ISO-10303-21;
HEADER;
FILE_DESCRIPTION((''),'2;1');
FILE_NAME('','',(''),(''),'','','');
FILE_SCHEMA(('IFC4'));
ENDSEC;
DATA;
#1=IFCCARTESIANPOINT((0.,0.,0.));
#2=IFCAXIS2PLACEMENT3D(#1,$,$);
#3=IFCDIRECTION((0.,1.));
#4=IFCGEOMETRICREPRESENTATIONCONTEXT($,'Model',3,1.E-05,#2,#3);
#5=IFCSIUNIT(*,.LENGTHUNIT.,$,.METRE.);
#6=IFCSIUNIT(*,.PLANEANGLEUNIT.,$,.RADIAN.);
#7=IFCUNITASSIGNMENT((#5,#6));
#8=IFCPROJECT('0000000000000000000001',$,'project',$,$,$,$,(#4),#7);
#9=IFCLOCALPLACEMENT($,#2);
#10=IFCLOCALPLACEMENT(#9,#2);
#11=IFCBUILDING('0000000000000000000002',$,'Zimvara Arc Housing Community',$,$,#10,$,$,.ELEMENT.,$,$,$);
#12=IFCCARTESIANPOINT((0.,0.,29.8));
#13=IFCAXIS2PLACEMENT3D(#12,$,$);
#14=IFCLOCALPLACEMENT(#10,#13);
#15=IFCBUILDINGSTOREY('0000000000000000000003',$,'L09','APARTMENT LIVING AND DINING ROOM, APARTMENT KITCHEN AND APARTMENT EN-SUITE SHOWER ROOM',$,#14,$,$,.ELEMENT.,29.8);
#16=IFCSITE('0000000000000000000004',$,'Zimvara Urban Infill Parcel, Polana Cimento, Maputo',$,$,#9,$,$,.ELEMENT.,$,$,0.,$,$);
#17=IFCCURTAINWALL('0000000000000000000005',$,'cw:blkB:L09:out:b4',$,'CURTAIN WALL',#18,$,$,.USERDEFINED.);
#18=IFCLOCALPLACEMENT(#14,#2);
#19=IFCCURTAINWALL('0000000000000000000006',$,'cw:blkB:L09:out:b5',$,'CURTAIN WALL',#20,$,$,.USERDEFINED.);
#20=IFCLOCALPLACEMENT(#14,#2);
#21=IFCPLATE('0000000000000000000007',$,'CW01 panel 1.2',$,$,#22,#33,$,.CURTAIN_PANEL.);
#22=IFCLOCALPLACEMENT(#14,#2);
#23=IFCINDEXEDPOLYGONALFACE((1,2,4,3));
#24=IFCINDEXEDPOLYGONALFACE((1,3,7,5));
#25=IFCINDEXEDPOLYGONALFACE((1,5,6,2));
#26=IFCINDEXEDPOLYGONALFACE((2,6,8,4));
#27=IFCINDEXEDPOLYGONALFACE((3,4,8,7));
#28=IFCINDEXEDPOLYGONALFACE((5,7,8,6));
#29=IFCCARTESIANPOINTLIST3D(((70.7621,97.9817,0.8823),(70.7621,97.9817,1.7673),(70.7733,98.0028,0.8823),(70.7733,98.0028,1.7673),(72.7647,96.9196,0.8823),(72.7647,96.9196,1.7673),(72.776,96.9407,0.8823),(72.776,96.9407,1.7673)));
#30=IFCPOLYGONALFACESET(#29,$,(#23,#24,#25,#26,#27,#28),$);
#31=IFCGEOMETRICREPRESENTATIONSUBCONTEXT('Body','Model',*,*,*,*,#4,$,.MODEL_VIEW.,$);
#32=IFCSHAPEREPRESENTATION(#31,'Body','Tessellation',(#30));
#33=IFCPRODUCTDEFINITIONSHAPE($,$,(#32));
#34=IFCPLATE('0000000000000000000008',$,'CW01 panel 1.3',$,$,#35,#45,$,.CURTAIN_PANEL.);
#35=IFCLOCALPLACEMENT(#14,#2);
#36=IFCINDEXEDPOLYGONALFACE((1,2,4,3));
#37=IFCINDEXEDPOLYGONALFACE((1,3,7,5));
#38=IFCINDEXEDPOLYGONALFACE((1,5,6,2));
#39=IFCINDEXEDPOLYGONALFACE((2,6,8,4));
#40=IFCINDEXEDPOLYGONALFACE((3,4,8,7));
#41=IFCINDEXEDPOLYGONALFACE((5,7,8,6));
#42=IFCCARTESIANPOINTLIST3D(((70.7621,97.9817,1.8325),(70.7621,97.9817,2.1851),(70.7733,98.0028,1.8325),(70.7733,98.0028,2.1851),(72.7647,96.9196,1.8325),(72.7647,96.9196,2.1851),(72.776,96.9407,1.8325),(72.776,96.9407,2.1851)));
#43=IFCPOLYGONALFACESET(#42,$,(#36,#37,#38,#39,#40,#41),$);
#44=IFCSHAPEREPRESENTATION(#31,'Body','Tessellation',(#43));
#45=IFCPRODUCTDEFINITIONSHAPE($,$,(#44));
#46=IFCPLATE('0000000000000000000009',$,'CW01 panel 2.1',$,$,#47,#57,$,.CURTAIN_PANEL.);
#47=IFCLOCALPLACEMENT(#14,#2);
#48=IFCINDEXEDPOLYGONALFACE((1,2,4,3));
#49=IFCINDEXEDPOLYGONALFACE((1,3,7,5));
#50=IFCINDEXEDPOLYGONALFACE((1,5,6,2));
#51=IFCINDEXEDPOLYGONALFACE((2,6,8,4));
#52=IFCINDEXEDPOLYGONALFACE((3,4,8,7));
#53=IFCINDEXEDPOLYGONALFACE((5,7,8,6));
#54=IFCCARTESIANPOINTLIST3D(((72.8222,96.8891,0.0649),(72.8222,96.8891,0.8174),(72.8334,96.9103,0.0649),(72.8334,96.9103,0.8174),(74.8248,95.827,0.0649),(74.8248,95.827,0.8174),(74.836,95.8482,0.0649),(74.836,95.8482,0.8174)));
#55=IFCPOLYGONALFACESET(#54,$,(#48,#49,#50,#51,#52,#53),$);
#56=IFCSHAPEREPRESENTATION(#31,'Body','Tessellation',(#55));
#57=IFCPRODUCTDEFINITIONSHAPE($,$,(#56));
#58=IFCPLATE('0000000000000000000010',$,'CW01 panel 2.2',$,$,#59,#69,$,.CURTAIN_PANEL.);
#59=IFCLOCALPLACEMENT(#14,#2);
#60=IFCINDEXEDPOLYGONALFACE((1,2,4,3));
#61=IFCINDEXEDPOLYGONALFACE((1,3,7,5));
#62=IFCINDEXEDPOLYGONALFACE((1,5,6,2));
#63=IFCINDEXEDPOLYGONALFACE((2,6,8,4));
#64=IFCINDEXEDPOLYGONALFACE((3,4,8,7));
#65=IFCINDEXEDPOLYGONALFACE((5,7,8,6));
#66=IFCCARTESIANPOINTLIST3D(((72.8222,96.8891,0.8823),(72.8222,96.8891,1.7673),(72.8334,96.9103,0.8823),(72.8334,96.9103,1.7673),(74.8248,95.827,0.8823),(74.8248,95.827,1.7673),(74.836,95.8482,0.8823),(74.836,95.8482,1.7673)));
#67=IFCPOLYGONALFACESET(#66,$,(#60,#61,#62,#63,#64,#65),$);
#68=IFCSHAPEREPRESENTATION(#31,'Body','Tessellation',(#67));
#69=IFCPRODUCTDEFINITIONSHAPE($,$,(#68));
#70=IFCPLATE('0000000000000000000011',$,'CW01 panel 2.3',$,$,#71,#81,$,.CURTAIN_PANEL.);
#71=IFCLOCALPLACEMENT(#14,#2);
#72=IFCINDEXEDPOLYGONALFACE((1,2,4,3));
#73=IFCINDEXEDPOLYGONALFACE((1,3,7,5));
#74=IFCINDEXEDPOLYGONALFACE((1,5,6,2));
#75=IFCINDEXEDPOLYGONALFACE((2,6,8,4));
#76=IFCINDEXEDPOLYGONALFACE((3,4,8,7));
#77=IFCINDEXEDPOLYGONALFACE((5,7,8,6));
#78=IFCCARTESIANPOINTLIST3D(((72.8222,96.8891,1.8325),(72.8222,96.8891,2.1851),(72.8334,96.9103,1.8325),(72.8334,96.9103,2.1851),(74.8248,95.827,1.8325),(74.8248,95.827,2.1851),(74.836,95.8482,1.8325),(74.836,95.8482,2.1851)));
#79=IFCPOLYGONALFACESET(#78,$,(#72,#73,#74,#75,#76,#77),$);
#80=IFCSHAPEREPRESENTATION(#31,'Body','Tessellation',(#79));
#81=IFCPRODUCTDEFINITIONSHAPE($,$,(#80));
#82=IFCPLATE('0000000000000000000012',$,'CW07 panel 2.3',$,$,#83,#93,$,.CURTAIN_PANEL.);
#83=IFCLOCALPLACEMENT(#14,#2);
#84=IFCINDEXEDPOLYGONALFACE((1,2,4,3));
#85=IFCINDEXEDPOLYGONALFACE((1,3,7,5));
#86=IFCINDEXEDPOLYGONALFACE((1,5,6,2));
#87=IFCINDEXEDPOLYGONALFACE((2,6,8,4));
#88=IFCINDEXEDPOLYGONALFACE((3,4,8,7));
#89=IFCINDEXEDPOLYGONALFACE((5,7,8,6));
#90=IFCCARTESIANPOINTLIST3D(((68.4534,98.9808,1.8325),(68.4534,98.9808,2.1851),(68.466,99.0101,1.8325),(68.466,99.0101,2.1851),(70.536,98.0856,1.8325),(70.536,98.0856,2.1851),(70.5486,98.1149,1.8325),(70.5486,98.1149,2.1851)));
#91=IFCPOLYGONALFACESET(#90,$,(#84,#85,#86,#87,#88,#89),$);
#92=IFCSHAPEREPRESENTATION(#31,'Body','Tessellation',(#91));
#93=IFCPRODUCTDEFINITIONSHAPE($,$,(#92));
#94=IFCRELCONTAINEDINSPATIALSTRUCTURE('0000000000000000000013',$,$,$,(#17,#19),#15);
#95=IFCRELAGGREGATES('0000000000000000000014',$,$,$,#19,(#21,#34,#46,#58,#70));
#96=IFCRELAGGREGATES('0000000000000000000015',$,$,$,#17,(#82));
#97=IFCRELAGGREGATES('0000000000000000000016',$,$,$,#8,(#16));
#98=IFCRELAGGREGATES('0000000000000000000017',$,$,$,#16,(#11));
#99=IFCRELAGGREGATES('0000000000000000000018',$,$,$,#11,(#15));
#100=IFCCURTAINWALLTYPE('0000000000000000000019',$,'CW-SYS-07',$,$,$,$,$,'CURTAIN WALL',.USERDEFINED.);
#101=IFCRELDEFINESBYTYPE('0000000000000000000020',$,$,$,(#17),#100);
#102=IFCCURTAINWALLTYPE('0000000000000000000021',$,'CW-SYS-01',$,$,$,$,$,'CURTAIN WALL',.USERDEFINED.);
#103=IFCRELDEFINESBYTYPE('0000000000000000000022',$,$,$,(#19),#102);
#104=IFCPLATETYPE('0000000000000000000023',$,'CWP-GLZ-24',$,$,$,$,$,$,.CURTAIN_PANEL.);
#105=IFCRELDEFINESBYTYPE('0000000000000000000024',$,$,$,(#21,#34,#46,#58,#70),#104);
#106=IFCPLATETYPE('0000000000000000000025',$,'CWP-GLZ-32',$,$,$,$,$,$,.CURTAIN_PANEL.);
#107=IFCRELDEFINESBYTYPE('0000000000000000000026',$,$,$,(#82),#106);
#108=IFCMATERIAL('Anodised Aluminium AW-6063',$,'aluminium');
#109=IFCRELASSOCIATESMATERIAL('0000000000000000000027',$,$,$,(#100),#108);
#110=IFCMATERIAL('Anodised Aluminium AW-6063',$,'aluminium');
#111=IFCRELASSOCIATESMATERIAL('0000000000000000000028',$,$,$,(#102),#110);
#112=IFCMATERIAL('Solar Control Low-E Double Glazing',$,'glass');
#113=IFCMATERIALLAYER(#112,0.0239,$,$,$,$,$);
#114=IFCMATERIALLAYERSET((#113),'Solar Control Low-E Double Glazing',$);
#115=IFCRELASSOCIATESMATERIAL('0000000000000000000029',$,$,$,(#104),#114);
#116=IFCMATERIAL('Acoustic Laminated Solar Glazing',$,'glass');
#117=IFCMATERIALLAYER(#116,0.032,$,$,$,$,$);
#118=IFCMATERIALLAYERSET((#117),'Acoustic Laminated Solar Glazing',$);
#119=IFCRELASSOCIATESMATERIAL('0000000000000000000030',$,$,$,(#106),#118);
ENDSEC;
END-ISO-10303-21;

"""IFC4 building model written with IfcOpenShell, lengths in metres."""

from ifc_helpers import new_model, si_unit, direction, frame, origin, origin_2d, place, context, subcontext, project, spatial, rectangle, extrude, material, layer, layer_set, type_object, element, aggregate, save


model = new_model("IFC4")

# Units and contexts
model_context = context("Model", 3, precision=1e-05, world=origin(), true_north=direction((0.0, 1.0)))
body_context = subcontext(model_context, "Body", "Model", "MODEL_VIEW")
ifc_project = project(units=[si_unit("LENGTHUNIT", "METRE"), si_unit("PLANEANGLEUNIT", "RADIAN")], contexts=[model_context])

# Site, building, storey
site_placement = place(None, origin())
site = spatial("IfcSite", under=ifc_project, at=site_placement, Name="Zimvara Urban Infill Parcel, Polana Cimento, Maputo", CompositionType="ELEMENT", RefElevation=0.0)
building_placement = place(site_placement, origin())
building = spatial("IfcBuilding", under=site, at=building_placement, Name="Zimvara Arc Housing Community", CompositionType="ELEMENT")
storey_placement = place(building_placement, frame((0.0, 0.0, 29.8)))
storey = spatial("IfcBuildingStorey", under=building, at=storey_placement, Name="L09", Description="APARTMENT LIVING AND DINING ROOM, APARTMENT KITCHEN AND APARTMENT EN-SUITE SHOWER ROOM", CompositionType="ELEMENT", Elevation=29.8)

# Curtain wall
ifc_material_1 = material(Name="Anodised Aluminium AW-6063", Category="aluminium")
curtain_wall_type_1 = type_object("IfcCurtainWallType", Name="CW-SYS-07", ElementType="CURTAIN WALL", PredefinedType="USERDEFINED", material=ifc_material_1)
curtain_wall_1_placement = place(storey_placement, origin())
curtain_wall_1 = element("IfcCurtainWall", 1, at=curtain_wall_1_placement, inside=storey, type_object=curtain_wall_type_1, Name="cw:blkB:L09:out:b4", ObjectType="CURTAIN WALL", PredefinedType="USERDEFINED")

# Curtain wall, plates
ifc_material_2 = material(Name="Anodised Aluminium AW-6063", Category="aluminium")
curtain_wall_type_2 = type_object("IfcCurtainWallType", Name="CW-SYS-01", ElementType="CURTAIN WALL", PredefinedType="USERDEFINED", material=ifc_material_2)
curtain_wall_2_placement = place(storey_placement, origin())
curtain_wall_2 = element("IfcCurtainWall", 2, at=curtain_wall_2_placement, inside=storey, type_object=curtain_wall_type_2, Name="cw:blkB:L09:out:b5", ObjectType="CURTAIN WALL", PredefinedType="USERDEFINED")
ifc_material_3 = material(Name="Solar Control Low-E Double Glazing", Category="glass")
ifc_layer_1 = layer(ifc_material_3, 0.0239)
ifc_layer_set_1 = layer_set([ifc_layer_1], Name="Solar Control Low-E Double Glazing")
plate_type_1 = type_object("IfcPlateType", Name="CWP-GLZ-24", PredefinedType="CURTAIN_PANEL", material=ifc_layer_set_1)
plate_1_placement = place(storey_placement, frame((71.769, 97.4612, 0.8823), z_axis=(0.0, 0.0, 1.0), x_axis=(0.883439, -0.468547, 0.0)))
plate_1 = element("IfcPlate", 3, at=plate_1_placement, type_object=plate_type_1, Name="CW01 panel 1.2", PredefinedType="CURTAIN_PANEL", context=body_context, shape_type="SweptSolid", body=[
    extrude(rectangle(XDim=2.2668, YDim=0.0239, at=origin_2d()), origin(), (0.0, 0.0, 1.0), 0.885),
])
plate_2_placement = place(storey_placement, frame((71.769, 97.4612, 1.8325), z_axis=(0.0, 0.0, 1.0), x_axis=(0.883439, -0.468547, 0.0)))
plate_2 = element("IfcPlate", 4, at=plate_2_placement, type_object=plate_type_1, Name="CW01 panel 1.3", PredefinedType="CURTAIN_PANEL", context=body_context, shape_type="SweptSolid", body=[
    extrude(rectangle(XDim=2.2668, YDim=0.0239, at=origin_2d()), origin(), (0.0, 0.0, 1.0), 0.3525),
])
plate_3_placement = place(storey_placement, frame((73.8291, 96.3687, 0.0649), z_axis=(0.0, 0.0, 1.0), x_axis=(0.883439, -0.468547, 0.0)))
plate_3 = element("IfcPlate", 5, at=plate_3_placement, type_object=plate_type_1, Name="CW01 panel 2.1", PredefinedType="CURTAIN_PANEL", context=body_context, shape_type="SweptSolid", body=[
    extrude(rectangle(XDim=2.2668, YDim=0.0239, at=origin_2d()), origin(), (0.0, 0.0, 1.0), 0.7524),
])
plate_4_placement = place(storey_placement, frame((73.8291, 96.3687, 0.8823), z_axis=(0.0, 0.0, 1.0), x_axis=(0.883439, -0.468547, 0.0)))
plate_4 = element("IfcPlate", 6, at=plate_4_placement, type_object=plate_type_1, Name="CW01 panel 2.2", PredefinedType="CURTAIN_PANEL", context=body_context, shape_type="SweptSolid", body=[
    extrude(rectangle(XDim=2.2668, YDim=0.0239, at=origin_2d()), origin(), (0.0, 0.0, 1.0), 0.885),
])
plate_5_placement = place(storey_placement, frame((73.8291, 96.3687, 1.8325), z_axis=(0.0, 0.0, 1.0), x_axis=(0.883439, -0.468547, 0.0)))
plate_5 = element("IfcPlate", 7, at=plate_5_placement, type_object=plate_type_1, Name="CW01 panel 2.3", PredefinedType="CURTAIN_PANEL", context=body_context, shape_type="SweptSolid", body=[
    extrude(rectangle(XDim=2.2668, YDim=0.0239, at=origin_2d()), origin(), (0.0, 0.0, 1.0), 0.3525),
])
aggregate(curtain_wall_2, [plate_1, plate_2, plate_3, plate_4, plate_5])

# Plate
ifc_material_4 = material(Name="Acoustic Laminated Solar Glazing", Category="glass")
ifc_layer_2 = layer(ifc_material_4, 0.032)
ifc_layer_set_2 = layer_set([ifc_layer_2], Name="Acoustic Laminated Solar Glazing")
plate_type_2 = type_object("IfcPlateType", Name="CWP-GLZ-32", PredefinedType="CURTAIN_PANEL", material=ifc_layer_set_2)
plate_6_placement = place(storey_placement, frame((69.501, 98.5479, 1.8325), z_axis=(0.0, 0.0, 1.0), x_axis=(0.918722, -0.394904, 0.0)))
plate_6 = element("IfcPlate", 8, at=plate_6_placement, type_object=plate_type_2, Name="CW07 panel 2.3", PredefinedType="CURTAIN_PANEL", context=body_context, shape_type="SweptSolid", body=[
    extrude(rectangle(XDim=2.2668, YDim=0.032, at=origin_2d()), origin(), (0.0, 0.0, 1.0), 0.3525),
])
aggregate(curtain_wall_1, [plate_6])

save(model, "model.ifc")
